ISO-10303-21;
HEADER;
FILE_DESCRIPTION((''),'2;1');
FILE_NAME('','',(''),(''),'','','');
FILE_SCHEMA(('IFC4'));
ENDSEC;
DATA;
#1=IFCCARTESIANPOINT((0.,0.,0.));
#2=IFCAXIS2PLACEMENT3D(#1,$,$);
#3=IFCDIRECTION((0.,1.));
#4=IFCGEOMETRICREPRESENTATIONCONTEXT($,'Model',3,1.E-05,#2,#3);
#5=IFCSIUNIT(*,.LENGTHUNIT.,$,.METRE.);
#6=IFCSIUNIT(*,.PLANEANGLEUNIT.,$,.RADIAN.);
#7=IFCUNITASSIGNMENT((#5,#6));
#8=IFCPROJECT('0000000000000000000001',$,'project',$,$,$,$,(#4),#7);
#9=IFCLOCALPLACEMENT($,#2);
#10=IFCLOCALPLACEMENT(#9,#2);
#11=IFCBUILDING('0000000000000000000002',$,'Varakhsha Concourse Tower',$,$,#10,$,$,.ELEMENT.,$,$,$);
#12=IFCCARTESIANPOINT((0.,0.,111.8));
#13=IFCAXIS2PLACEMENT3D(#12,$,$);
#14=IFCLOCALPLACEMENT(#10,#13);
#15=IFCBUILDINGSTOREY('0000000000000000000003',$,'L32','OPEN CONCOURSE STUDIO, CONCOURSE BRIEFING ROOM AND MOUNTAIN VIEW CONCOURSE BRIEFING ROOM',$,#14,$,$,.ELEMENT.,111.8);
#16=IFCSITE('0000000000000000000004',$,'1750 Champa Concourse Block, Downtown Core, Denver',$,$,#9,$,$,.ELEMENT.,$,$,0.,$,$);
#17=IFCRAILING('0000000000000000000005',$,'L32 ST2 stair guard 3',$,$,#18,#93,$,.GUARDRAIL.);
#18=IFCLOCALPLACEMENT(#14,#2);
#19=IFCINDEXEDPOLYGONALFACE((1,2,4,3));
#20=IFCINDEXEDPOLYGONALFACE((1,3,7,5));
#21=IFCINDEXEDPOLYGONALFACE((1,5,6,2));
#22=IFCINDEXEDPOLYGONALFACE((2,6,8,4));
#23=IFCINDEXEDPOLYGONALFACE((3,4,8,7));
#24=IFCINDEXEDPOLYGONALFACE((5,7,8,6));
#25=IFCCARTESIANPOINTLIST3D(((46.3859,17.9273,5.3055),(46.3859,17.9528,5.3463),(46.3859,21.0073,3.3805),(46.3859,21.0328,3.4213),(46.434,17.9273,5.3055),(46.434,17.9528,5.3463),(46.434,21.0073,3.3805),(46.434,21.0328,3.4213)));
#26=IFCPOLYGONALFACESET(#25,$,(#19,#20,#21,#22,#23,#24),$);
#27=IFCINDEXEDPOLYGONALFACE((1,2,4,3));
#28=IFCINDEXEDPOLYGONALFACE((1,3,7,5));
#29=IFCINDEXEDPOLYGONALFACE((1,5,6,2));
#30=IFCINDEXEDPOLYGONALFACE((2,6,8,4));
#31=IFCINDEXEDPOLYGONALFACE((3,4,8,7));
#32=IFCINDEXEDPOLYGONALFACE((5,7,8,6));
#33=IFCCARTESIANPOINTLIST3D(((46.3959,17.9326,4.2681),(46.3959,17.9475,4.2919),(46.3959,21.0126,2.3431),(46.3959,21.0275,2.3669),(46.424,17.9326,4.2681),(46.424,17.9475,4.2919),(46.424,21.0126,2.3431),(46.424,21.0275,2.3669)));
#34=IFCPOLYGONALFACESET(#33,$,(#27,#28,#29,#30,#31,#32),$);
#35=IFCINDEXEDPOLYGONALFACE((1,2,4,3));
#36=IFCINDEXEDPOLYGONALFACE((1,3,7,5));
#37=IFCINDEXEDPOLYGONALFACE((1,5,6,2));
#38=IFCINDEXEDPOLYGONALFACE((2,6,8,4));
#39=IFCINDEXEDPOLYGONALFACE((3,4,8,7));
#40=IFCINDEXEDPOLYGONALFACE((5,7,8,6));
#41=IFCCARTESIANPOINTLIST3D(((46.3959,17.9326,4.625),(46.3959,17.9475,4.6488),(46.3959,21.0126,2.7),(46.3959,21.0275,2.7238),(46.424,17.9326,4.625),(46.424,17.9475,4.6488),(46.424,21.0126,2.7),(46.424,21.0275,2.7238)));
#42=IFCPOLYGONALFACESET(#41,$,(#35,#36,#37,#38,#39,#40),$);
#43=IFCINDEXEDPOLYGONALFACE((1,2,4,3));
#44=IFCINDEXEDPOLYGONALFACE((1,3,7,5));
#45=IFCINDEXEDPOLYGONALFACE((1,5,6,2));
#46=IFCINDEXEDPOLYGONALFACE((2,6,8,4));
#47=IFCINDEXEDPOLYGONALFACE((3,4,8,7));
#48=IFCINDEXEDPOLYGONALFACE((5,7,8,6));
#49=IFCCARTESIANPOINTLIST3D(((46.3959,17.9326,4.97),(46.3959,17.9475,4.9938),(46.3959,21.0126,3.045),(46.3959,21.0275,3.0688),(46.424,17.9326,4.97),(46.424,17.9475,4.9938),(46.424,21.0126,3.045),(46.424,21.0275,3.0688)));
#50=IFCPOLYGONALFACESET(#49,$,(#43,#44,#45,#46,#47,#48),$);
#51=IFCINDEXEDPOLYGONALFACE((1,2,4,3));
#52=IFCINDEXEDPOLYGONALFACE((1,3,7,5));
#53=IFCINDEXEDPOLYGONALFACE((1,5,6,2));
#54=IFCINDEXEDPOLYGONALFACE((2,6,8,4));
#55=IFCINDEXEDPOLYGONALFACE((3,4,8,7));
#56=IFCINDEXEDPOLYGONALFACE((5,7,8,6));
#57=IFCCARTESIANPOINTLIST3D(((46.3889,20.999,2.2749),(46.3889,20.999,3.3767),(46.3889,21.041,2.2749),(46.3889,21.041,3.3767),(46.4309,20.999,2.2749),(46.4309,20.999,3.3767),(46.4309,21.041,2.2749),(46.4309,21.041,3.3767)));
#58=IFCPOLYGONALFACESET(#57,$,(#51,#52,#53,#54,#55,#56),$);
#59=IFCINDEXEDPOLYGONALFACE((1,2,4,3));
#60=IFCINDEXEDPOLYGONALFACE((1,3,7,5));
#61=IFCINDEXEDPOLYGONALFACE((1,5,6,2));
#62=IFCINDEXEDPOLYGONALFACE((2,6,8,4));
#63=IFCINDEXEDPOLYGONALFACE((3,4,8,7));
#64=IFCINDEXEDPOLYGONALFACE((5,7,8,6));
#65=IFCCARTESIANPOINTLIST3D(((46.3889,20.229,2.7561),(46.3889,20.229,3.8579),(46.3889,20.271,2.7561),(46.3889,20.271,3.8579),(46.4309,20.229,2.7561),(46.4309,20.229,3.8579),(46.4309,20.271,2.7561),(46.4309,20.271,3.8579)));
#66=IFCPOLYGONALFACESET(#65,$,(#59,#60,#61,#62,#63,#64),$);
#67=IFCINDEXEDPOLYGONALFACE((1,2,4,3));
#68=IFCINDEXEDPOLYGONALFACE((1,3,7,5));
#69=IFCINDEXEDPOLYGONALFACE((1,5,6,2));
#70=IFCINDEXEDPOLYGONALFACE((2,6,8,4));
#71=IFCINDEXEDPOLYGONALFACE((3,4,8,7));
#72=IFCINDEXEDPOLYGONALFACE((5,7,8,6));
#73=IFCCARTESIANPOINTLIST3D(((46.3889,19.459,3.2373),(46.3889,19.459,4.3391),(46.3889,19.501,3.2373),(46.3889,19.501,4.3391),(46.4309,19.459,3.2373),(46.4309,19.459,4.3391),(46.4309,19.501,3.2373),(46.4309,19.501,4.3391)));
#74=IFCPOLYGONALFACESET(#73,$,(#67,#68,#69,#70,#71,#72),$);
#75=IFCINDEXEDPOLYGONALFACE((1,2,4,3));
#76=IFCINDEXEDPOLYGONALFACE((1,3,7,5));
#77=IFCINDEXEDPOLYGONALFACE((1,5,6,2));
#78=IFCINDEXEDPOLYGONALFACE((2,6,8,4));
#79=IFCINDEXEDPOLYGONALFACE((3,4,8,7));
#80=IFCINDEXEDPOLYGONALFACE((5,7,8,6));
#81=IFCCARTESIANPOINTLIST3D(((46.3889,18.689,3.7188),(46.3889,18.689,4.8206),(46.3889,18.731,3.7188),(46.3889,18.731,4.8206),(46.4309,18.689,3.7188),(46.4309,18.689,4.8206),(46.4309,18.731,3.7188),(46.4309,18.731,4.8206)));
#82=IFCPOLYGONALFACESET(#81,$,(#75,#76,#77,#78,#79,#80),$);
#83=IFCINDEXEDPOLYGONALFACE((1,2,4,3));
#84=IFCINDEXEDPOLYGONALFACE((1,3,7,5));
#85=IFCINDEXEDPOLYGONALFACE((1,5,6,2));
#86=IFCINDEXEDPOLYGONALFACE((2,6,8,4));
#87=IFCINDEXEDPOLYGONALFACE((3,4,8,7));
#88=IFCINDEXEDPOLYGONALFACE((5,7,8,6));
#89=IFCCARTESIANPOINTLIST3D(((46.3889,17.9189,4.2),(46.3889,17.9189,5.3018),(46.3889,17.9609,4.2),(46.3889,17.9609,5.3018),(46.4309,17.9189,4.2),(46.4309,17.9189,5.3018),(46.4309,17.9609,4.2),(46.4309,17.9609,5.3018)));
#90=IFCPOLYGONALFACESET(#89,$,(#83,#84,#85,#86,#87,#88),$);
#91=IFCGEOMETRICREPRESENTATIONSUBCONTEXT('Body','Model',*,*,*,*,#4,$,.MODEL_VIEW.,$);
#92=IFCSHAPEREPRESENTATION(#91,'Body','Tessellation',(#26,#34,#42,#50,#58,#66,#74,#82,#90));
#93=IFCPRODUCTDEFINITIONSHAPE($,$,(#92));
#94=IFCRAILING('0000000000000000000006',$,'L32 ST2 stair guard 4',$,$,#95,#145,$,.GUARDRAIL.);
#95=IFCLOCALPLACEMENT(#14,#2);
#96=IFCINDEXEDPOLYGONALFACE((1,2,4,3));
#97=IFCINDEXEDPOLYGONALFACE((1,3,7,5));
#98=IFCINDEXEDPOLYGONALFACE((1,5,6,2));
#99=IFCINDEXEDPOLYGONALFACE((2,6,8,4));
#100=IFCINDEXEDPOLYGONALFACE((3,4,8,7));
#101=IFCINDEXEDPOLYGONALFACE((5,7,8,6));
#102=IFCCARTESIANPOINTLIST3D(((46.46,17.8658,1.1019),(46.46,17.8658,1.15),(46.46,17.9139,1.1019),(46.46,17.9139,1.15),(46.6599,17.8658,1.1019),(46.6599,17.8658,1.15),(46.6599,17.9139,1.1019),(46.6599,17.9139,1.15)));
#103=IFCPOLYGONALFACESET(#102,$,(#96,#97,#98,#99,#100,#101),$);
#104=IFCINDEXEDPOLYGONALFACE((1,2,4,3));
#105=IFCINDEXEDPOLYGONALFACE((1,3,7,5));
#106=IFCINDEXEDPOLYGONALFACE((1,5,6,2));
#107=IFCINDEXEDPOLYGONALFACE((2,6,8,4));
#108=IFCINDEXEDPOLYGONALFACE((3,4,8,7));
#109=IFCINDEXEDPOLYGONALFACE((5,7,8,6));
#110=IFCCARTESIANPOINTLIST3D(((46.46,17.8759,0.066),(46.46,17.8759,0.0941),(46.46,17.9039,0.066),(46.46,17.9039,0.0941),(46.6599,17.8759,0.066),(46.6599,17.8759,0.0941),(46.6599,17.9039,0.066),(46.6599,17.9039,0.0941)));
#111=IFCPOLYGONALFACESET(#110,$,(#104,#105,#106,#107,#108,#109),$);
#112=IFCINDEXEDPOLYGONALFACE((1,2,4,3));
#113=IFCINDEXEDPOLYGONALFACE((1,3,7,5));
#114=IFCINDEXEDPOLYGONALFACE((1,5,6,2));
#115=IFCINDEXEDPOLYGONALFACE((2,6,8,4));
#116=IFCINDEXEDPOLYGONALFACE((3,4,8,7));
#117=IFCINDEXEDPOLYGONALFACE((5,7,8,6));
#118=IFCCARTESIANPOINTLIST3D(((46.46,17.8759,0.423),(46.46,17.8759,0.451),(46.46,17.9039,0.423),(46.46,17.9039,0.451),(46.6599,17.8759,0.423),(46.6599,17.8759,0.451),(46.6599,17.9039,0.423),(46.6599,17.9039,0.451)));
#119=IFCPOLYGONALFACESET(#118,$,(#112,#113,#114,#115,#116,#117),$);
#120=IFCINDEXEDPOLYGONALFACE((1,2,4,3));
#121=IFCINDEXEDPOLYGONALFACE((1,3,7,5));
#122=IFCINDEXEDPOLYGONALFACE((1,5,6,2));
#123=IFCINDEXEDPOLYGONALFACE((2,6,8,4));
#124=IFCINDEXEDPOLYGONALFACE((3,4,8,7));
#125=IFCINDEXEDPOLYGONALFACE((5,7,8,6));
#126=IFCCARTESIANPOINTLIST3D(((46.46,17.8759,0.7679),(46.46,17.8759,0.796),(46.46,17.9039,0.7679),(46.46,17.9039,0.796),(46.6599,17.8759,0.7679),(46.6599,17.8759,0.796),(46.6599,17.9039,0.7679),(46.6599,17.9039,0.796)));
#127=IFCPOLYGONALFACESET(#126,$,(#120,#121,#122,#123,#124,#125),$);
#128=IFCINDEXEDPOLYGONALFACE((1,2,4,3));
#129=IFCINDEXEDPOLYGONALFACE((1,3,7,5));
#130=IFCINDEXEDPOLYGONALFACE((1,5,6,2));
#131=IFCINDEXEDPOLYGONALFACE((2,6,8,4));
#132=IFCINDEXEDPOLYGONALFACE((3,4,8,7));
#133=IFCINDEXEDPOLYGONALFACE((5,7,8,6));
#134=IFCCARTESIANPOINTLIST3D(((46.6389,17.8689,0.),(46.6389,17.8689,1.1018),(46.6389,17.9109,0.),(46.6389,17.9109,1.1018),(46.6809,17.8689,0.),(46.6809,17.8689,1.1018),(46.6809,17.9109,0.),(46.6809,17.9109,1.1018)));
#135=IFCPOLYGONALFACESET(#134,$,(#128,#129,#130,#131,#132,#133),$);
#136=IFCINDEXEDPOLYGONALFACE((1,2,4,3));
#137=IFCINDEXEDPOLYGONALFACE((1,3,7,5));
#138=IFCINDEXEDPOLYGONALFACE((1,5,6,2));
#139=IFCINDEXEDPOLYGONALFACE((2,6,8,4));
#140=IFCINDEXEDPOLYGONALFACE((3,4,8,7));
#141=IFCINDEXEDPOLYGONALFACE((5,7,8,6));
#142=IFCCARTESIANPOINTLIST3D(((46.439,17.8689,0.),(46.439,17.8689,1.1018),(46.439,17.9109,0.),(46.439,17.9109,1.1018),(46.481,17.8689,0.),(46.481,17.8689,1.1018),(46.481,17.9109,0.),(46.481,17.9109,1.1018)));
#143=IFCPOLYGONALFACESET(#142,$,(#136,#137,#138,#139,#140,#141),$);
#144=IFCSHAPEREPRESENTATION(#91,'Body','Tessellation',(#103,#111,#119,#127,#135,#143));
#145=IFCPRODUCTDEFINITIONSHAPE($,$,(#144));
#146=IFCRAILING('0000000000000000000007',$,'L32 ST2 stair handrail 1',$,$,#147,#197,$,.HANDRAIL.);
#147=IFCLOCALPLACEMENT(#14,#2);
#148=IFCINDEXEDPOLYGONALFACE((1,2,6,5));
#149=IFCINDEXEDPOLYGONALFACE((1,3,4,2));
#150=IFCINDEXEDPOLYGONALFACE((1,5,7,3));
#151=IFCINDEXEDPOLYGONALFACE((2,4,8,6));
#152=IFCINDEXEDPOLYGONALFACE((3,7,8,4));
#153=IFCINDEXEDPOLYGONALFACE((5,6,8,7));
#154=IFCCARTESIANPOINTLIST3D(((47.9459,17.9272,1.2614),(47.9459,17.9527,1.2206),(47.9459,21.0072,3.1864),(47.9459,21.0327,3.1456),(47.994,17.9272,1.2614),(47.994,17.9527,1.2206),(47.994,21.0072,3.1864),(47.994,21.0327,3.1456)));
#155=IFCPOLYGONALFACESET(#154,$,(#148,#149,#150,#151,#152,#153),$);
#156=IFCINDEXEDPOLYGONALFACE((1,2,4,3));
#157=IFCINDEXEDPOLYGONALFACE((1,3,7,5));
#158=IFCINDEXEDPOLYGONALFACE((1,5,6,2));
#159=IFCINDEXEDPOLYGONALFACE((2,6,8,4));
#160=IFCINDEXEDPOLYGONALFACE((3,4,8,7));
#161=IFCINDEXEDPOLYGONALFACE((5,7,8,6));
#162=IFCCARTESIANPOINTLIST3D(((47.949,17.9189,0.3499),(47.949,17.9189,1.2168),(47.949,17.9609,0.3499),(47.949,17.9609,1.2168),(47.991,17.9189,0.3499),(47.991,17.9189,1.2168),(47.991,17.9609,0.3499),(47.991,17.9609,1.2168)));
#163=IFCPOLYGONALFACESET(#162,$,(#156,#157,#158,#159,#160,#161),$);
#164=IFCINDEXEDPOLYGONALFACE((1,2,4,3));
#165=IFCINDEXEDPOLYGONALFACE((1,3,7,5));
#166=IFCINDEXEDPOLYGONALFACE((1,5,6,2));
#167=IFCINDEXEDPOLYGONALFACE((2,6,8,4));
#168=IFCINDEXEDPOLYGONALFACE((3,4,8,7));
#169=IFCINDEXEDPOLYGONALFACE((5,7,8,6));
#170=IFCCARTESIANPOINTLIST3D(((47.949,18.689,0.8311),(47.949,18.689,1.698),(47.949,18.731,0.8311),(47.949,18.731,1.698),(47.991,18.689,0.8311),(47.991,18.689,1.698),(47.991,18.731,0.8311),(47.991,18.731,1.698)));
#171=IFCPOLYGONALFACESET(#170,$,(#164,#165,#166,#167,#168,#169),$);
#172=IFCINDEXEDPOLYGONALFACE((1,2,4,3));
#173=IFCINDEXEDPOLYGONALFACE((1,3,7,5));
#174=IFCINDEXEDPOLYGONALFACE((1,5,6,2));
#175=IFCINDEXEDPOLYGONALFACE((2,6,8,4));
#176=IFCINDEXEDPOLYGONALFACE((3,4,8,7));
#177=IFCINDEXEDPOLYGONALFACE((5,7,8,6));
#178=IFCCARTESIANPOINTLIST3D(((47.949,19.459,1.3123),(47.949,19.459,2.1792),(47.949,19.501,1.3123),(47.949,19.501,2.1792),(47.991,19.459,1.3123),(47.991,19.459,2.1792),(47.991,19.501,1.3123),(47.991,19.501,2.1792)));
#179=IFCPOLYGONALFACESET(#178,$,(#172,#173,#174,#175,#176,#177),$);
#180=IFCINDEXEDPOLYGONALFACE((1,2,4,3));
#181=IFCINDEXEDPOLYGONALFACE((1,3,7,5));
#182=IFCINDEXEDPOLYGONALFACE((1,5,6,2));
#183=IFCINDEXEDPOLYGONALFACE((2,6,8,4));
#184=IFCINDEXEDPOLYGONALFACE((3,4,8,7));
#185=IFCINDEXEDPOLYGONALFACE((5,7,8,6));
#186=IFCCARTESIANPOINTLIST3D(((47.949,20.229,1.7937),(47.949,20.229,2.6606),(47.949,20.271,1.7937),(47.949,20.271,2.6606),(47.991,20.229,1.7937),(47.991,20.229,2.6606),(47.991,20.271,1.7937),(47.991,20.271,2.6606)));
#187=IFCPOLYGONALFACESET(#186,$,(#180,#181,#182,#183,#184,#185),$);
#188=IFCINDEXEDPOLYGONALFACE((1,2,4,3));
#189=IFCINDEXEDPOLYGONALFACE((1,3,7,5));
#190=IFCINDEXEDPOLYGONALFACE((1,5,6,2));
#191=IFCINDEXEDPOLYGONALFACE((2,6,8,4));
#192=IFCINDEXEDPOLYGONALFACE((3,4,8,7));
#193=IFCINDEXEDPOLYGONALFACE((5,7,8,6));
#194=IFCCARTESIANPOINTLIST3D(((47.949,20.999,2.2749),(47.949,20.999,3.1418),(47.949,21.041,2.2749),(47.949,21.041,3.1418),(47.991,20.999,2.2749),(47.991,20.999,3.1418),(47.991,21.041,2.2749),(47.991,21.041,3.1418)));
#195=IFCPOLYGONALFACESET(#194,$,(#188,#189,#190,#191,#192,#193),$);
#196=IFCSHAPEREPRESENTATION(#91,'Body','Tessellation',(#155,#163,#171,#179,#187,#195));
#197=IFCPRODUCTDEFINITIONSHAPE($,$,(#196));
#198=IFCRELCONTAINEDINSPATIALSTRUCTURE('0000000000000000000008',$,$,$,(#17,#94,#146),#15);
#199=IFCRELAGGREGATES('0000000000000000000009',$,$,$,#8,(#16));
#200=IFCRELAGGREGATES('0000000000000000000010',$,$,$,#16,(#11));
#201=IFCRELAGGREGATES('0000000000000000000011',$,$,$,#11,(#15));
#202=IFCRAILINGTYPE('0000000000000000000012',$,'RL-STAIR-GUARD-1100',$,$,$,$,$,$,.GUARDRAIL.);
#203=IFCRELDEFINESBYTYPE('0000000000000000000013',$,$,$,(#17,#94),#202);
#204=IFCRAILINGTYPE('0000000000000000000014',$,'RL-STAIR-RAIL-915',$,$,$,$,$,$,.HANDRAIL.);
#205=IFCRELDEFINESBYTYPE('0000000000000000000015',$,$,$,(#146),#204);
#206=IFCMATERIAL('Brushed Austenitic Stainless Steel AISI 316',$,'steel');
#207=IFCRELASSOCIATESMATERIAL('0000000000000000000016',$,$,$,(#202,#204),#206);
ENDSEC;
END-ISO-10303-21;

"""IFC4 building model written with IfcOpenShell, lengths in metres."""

from ifc_helpers import new_model, si_unit, direction, frame, origin, origin_2d, place, context, subcontext, project, spatial, rectangle, extrude, material, type_object, element, save


model = new_model("IFC4")

# Units and contexts
model_context = context("Model", 3, precision=1e-05, world=origin(), true_north=direction((0.0, 1.0)))
body_context = subcontext(model_context, "Body", "Model", "MODEL_VIEW")
ifc_project = project(units=[si_unit("LENGTHUNIT", "METRE"), si_unit("PLANEANGLEUNIT", "RADIAN")], contexts=[model_context])

# Site, building, storey
site_placement = place(None, origin())
site = spatial("IfcSite", under=ifc_project, at=site_placement, Name="1750 Champa Concourse Block, Downtown Core, Denver", CompositionType="ELEMENT", RefElevation=0.0)
building_placement = place(site_placement, origin())
building = spatial("IfcBuilding", under=site, at=building_placement, Name="Varakhsha Concourse Tower", CompositionType="ELEMENT")
storey_placement = place(building_placement, frame((0.0, 0.0, 111.8)))
storey = spatial("IfcBuildingStorey", under=building, at=storey_placement, Name="L32", Description="OPEN CONCOURSE STUDIO, CONCOURSE BRIEFING ROOM AND MOUNTAIN VIEW CONCOURSE BRIEFING ROOM", CompositionType="ELEMENT", Elevation=111.8)

# Railings
ifc_material_1 = material(Name="Brushed Austenitic Stainless Steel AISI 316", Category="steel")
railing_type_1 = type_object("IfcRailingType", Name="RL-STAIR-GUARD-1100", PredefinedType="GUARDRAIL", material=ifc_material_1)
railing_1_placement = place(storey_placement, frame((46.4099, 21.02, 2.2749)))
element("IfcRailing", 1, at=railing_1_placement, inside=storey, type_object=railing_type_1, Name="L32 ST2 stair guard 3", PredefinedType="GUARDRAIL", context=body_context, shape_type="SweptSolid", body=[
    extrude(rectangle(XDim=0.0481, YDim=0.0481, at=origin_2d()), frame((0.0, 0.0, 1.126), z_axis=(0.0, -0.847998, 0.529999), x_axis=(1.0, 0.0, 0.0)), (0.0, 0.0, 1.0), 3.6321),
    extrude(rectangle(XDim=0.0281, YDim=0.0281, at=origin_2d()), frame((0.0, 0.0, 0.0801), z_axis=(0.0, -0.847998, 0.529999), x_axis=(1.0, 0.0, 0.0)), (0.0, 0.0, 1.0), 3.6321),
    extrude(rectangle(XDim=0.0281, YDim=0.0281, at=origin_2d()), frame((0.0, 0.0, 0.437), z_axis=(0.0, -0.847998, 0.529999), x_axis=(1.0, 0.0, 0.0)), (0.0, 0.0, 1.0), 3.6321),
    extrude(rectangle(XDim=0.0281, YDim=0.0281, at=origin_2d()), frame((0.0, 0.0, 0.782), z_axis=(0.0, -0.847998, 0.529999), x_axis=(1.0, 0.0, 0.0)), (0.0, 0.0, 1.0), 3.6321),
    extrude(rectangle(XDim=0.042, YDim=0.042, at=origin_2d()), origin(), (0.0, 0.0, 1.0), 1.1018),
    extrude(rectangle(XDim=0.042, YDim=0.042, at=origin_2d()), frame((0.0, -0.77, 0.4812)), (0.0, 0.0, 1.0), 1.1018),
    extrude(rectangle(XDim=0.042, YDim=0.042, at=origin_2d()), frame((0.0, -1.54, 0.9624)), (0.0, 0.0, 1.0), 1.1018),
    extrude(rectangle(XDim=0.042, YDim=0.042, at=origin_2d()), frame((0.0, -2.3101, 1.4438)), (0.0, 0.0, 1.0), 1.1018),
    extrude(rectangle(XDim=0.042, YDim=0.042, at=origin_2d()), frame((0.0, -3.0801, 1.925)), (0.0, 0.0, 1.0), 1.1018),
])
railing_2_placement = place(storey_placement, frame((46.6599, 17.8899, 0.0)))
element("IfcRailing", 2, at=railing_2_placement, inside=storey, type_object=railing_type_1, Name="L32 ST2 stair guard 4", PredefinedType="GUARDRAIL", context=body_context, shape_type="SweptSolid", body=[
    extrude(rectangle(XDim=0.0481, YDim=0.0481, at=origin_2d()), frame((0.0, 0.0, 1.126), z_axis=(-1.0, 0.0, 0.0), x_axis=(0.0, -1.0, 0.0)), (0.0, 0.0, 1.0), 0.2),
    extrude(rectangle(XDim=0.0281, YDim=0.0281, at=origin_2d()), frame((0.0, 0.0, 0.0801), z_axis=(-1.0, 0.0, 0.0), x_axis=(0.0, -1.0, 0.0)), (0.0, 0.0, 1.0), 0.2),
    extrude(rectangle(XDim=0.0281, YDim=0.0281, at=origin_2d()), frame((0.0, 0.0, 0.437), z_axis=(-1.0, 0.0, 0.0), x_axis=(0.0, -1.0, 0.0)), (0.0, 0.0, 1.0), 0.2),
    extrude(rectangle(XDim=0.0281, YDim=0.0281, at=origin_2d()), frame((0.0, 0.0, 0.782), z_axis=(-1.0, 0.0, 0.0), x_axis=(0.0, -1.0, 0.0)), (0.0, 0.0, 1.0), 0.2),
    extrude(rectangle(XDim=0.042, YDim=0.042, at=origin_2d()), origin(), (0.0, 0.0, 1.0), 1.1018),
    extrude(rectangle(XDim=0.042, YDim=0.042, at=origin_2d()), frame((-0.2, 0.0, 0.0)), (0.0, 0.0, 1.0), 1.1018),
])
railing_type_2 = type_object("IfcRailingType", Name="RL-STAIR-RAIL-915", PredefinedType="HANDRAIL", material=ifc_material_1)
railing_3_placement = place(storey_placement, frame((47.97, 17.9399, 0.3499)))
element("IfcRailing", 3, at=railing_3_placement, inside=storey, type_object=railing_type_2, Name="L32 ST2 stair handrail 1", PredefinedType="HANDRAIL", context=body_context, shape_type="SweptSolid", body=[
    extrude(rectangle(XDim=0.0481, YDim=0.0481, at=origin_2d()), frame((0.0, 0.0, 0.8911), z_axis=(0.0, 0.847998, 0.529999), x_axis=(-1.0, 0.0, 0.0)), (0.0, 0.0, 1.0), 3.6321),
    extrude(rectangle(XDim=0.042, YDim=0.042, at=origin_2d()), origin(), (0.0, 0.0, 1.0), 0.8669),
    extrude(rectangle(XDim=0.042, YDim=0.042, at=origin_2d()), frame((0.0, 0.77, 0.4812)), (0.0, 0.0, 1.0), 0.8669),
    extrude(rectangle(XDim=0.042, YDim=0.042, at=origin_2d()), frame((0.0, 1.54, 0.9624)), (0.0, 0.0, 1.0), 0.8669),
    extrude(rectangle(XDim=0.042, YDim=0.042, at=origin_2d()), frame((0.0, 2.3101, 1.4438)), (0.0, 0.0, 1.0), 0.8669),
    extrude(rectangle(XDim=0.042, YDim=0.042, at=origin_2d()), frame((0.0, 3.0801, 1.925)), (0.0, 0.0, 1.0), 0.8669),
])

save(model, "model.ifc")
